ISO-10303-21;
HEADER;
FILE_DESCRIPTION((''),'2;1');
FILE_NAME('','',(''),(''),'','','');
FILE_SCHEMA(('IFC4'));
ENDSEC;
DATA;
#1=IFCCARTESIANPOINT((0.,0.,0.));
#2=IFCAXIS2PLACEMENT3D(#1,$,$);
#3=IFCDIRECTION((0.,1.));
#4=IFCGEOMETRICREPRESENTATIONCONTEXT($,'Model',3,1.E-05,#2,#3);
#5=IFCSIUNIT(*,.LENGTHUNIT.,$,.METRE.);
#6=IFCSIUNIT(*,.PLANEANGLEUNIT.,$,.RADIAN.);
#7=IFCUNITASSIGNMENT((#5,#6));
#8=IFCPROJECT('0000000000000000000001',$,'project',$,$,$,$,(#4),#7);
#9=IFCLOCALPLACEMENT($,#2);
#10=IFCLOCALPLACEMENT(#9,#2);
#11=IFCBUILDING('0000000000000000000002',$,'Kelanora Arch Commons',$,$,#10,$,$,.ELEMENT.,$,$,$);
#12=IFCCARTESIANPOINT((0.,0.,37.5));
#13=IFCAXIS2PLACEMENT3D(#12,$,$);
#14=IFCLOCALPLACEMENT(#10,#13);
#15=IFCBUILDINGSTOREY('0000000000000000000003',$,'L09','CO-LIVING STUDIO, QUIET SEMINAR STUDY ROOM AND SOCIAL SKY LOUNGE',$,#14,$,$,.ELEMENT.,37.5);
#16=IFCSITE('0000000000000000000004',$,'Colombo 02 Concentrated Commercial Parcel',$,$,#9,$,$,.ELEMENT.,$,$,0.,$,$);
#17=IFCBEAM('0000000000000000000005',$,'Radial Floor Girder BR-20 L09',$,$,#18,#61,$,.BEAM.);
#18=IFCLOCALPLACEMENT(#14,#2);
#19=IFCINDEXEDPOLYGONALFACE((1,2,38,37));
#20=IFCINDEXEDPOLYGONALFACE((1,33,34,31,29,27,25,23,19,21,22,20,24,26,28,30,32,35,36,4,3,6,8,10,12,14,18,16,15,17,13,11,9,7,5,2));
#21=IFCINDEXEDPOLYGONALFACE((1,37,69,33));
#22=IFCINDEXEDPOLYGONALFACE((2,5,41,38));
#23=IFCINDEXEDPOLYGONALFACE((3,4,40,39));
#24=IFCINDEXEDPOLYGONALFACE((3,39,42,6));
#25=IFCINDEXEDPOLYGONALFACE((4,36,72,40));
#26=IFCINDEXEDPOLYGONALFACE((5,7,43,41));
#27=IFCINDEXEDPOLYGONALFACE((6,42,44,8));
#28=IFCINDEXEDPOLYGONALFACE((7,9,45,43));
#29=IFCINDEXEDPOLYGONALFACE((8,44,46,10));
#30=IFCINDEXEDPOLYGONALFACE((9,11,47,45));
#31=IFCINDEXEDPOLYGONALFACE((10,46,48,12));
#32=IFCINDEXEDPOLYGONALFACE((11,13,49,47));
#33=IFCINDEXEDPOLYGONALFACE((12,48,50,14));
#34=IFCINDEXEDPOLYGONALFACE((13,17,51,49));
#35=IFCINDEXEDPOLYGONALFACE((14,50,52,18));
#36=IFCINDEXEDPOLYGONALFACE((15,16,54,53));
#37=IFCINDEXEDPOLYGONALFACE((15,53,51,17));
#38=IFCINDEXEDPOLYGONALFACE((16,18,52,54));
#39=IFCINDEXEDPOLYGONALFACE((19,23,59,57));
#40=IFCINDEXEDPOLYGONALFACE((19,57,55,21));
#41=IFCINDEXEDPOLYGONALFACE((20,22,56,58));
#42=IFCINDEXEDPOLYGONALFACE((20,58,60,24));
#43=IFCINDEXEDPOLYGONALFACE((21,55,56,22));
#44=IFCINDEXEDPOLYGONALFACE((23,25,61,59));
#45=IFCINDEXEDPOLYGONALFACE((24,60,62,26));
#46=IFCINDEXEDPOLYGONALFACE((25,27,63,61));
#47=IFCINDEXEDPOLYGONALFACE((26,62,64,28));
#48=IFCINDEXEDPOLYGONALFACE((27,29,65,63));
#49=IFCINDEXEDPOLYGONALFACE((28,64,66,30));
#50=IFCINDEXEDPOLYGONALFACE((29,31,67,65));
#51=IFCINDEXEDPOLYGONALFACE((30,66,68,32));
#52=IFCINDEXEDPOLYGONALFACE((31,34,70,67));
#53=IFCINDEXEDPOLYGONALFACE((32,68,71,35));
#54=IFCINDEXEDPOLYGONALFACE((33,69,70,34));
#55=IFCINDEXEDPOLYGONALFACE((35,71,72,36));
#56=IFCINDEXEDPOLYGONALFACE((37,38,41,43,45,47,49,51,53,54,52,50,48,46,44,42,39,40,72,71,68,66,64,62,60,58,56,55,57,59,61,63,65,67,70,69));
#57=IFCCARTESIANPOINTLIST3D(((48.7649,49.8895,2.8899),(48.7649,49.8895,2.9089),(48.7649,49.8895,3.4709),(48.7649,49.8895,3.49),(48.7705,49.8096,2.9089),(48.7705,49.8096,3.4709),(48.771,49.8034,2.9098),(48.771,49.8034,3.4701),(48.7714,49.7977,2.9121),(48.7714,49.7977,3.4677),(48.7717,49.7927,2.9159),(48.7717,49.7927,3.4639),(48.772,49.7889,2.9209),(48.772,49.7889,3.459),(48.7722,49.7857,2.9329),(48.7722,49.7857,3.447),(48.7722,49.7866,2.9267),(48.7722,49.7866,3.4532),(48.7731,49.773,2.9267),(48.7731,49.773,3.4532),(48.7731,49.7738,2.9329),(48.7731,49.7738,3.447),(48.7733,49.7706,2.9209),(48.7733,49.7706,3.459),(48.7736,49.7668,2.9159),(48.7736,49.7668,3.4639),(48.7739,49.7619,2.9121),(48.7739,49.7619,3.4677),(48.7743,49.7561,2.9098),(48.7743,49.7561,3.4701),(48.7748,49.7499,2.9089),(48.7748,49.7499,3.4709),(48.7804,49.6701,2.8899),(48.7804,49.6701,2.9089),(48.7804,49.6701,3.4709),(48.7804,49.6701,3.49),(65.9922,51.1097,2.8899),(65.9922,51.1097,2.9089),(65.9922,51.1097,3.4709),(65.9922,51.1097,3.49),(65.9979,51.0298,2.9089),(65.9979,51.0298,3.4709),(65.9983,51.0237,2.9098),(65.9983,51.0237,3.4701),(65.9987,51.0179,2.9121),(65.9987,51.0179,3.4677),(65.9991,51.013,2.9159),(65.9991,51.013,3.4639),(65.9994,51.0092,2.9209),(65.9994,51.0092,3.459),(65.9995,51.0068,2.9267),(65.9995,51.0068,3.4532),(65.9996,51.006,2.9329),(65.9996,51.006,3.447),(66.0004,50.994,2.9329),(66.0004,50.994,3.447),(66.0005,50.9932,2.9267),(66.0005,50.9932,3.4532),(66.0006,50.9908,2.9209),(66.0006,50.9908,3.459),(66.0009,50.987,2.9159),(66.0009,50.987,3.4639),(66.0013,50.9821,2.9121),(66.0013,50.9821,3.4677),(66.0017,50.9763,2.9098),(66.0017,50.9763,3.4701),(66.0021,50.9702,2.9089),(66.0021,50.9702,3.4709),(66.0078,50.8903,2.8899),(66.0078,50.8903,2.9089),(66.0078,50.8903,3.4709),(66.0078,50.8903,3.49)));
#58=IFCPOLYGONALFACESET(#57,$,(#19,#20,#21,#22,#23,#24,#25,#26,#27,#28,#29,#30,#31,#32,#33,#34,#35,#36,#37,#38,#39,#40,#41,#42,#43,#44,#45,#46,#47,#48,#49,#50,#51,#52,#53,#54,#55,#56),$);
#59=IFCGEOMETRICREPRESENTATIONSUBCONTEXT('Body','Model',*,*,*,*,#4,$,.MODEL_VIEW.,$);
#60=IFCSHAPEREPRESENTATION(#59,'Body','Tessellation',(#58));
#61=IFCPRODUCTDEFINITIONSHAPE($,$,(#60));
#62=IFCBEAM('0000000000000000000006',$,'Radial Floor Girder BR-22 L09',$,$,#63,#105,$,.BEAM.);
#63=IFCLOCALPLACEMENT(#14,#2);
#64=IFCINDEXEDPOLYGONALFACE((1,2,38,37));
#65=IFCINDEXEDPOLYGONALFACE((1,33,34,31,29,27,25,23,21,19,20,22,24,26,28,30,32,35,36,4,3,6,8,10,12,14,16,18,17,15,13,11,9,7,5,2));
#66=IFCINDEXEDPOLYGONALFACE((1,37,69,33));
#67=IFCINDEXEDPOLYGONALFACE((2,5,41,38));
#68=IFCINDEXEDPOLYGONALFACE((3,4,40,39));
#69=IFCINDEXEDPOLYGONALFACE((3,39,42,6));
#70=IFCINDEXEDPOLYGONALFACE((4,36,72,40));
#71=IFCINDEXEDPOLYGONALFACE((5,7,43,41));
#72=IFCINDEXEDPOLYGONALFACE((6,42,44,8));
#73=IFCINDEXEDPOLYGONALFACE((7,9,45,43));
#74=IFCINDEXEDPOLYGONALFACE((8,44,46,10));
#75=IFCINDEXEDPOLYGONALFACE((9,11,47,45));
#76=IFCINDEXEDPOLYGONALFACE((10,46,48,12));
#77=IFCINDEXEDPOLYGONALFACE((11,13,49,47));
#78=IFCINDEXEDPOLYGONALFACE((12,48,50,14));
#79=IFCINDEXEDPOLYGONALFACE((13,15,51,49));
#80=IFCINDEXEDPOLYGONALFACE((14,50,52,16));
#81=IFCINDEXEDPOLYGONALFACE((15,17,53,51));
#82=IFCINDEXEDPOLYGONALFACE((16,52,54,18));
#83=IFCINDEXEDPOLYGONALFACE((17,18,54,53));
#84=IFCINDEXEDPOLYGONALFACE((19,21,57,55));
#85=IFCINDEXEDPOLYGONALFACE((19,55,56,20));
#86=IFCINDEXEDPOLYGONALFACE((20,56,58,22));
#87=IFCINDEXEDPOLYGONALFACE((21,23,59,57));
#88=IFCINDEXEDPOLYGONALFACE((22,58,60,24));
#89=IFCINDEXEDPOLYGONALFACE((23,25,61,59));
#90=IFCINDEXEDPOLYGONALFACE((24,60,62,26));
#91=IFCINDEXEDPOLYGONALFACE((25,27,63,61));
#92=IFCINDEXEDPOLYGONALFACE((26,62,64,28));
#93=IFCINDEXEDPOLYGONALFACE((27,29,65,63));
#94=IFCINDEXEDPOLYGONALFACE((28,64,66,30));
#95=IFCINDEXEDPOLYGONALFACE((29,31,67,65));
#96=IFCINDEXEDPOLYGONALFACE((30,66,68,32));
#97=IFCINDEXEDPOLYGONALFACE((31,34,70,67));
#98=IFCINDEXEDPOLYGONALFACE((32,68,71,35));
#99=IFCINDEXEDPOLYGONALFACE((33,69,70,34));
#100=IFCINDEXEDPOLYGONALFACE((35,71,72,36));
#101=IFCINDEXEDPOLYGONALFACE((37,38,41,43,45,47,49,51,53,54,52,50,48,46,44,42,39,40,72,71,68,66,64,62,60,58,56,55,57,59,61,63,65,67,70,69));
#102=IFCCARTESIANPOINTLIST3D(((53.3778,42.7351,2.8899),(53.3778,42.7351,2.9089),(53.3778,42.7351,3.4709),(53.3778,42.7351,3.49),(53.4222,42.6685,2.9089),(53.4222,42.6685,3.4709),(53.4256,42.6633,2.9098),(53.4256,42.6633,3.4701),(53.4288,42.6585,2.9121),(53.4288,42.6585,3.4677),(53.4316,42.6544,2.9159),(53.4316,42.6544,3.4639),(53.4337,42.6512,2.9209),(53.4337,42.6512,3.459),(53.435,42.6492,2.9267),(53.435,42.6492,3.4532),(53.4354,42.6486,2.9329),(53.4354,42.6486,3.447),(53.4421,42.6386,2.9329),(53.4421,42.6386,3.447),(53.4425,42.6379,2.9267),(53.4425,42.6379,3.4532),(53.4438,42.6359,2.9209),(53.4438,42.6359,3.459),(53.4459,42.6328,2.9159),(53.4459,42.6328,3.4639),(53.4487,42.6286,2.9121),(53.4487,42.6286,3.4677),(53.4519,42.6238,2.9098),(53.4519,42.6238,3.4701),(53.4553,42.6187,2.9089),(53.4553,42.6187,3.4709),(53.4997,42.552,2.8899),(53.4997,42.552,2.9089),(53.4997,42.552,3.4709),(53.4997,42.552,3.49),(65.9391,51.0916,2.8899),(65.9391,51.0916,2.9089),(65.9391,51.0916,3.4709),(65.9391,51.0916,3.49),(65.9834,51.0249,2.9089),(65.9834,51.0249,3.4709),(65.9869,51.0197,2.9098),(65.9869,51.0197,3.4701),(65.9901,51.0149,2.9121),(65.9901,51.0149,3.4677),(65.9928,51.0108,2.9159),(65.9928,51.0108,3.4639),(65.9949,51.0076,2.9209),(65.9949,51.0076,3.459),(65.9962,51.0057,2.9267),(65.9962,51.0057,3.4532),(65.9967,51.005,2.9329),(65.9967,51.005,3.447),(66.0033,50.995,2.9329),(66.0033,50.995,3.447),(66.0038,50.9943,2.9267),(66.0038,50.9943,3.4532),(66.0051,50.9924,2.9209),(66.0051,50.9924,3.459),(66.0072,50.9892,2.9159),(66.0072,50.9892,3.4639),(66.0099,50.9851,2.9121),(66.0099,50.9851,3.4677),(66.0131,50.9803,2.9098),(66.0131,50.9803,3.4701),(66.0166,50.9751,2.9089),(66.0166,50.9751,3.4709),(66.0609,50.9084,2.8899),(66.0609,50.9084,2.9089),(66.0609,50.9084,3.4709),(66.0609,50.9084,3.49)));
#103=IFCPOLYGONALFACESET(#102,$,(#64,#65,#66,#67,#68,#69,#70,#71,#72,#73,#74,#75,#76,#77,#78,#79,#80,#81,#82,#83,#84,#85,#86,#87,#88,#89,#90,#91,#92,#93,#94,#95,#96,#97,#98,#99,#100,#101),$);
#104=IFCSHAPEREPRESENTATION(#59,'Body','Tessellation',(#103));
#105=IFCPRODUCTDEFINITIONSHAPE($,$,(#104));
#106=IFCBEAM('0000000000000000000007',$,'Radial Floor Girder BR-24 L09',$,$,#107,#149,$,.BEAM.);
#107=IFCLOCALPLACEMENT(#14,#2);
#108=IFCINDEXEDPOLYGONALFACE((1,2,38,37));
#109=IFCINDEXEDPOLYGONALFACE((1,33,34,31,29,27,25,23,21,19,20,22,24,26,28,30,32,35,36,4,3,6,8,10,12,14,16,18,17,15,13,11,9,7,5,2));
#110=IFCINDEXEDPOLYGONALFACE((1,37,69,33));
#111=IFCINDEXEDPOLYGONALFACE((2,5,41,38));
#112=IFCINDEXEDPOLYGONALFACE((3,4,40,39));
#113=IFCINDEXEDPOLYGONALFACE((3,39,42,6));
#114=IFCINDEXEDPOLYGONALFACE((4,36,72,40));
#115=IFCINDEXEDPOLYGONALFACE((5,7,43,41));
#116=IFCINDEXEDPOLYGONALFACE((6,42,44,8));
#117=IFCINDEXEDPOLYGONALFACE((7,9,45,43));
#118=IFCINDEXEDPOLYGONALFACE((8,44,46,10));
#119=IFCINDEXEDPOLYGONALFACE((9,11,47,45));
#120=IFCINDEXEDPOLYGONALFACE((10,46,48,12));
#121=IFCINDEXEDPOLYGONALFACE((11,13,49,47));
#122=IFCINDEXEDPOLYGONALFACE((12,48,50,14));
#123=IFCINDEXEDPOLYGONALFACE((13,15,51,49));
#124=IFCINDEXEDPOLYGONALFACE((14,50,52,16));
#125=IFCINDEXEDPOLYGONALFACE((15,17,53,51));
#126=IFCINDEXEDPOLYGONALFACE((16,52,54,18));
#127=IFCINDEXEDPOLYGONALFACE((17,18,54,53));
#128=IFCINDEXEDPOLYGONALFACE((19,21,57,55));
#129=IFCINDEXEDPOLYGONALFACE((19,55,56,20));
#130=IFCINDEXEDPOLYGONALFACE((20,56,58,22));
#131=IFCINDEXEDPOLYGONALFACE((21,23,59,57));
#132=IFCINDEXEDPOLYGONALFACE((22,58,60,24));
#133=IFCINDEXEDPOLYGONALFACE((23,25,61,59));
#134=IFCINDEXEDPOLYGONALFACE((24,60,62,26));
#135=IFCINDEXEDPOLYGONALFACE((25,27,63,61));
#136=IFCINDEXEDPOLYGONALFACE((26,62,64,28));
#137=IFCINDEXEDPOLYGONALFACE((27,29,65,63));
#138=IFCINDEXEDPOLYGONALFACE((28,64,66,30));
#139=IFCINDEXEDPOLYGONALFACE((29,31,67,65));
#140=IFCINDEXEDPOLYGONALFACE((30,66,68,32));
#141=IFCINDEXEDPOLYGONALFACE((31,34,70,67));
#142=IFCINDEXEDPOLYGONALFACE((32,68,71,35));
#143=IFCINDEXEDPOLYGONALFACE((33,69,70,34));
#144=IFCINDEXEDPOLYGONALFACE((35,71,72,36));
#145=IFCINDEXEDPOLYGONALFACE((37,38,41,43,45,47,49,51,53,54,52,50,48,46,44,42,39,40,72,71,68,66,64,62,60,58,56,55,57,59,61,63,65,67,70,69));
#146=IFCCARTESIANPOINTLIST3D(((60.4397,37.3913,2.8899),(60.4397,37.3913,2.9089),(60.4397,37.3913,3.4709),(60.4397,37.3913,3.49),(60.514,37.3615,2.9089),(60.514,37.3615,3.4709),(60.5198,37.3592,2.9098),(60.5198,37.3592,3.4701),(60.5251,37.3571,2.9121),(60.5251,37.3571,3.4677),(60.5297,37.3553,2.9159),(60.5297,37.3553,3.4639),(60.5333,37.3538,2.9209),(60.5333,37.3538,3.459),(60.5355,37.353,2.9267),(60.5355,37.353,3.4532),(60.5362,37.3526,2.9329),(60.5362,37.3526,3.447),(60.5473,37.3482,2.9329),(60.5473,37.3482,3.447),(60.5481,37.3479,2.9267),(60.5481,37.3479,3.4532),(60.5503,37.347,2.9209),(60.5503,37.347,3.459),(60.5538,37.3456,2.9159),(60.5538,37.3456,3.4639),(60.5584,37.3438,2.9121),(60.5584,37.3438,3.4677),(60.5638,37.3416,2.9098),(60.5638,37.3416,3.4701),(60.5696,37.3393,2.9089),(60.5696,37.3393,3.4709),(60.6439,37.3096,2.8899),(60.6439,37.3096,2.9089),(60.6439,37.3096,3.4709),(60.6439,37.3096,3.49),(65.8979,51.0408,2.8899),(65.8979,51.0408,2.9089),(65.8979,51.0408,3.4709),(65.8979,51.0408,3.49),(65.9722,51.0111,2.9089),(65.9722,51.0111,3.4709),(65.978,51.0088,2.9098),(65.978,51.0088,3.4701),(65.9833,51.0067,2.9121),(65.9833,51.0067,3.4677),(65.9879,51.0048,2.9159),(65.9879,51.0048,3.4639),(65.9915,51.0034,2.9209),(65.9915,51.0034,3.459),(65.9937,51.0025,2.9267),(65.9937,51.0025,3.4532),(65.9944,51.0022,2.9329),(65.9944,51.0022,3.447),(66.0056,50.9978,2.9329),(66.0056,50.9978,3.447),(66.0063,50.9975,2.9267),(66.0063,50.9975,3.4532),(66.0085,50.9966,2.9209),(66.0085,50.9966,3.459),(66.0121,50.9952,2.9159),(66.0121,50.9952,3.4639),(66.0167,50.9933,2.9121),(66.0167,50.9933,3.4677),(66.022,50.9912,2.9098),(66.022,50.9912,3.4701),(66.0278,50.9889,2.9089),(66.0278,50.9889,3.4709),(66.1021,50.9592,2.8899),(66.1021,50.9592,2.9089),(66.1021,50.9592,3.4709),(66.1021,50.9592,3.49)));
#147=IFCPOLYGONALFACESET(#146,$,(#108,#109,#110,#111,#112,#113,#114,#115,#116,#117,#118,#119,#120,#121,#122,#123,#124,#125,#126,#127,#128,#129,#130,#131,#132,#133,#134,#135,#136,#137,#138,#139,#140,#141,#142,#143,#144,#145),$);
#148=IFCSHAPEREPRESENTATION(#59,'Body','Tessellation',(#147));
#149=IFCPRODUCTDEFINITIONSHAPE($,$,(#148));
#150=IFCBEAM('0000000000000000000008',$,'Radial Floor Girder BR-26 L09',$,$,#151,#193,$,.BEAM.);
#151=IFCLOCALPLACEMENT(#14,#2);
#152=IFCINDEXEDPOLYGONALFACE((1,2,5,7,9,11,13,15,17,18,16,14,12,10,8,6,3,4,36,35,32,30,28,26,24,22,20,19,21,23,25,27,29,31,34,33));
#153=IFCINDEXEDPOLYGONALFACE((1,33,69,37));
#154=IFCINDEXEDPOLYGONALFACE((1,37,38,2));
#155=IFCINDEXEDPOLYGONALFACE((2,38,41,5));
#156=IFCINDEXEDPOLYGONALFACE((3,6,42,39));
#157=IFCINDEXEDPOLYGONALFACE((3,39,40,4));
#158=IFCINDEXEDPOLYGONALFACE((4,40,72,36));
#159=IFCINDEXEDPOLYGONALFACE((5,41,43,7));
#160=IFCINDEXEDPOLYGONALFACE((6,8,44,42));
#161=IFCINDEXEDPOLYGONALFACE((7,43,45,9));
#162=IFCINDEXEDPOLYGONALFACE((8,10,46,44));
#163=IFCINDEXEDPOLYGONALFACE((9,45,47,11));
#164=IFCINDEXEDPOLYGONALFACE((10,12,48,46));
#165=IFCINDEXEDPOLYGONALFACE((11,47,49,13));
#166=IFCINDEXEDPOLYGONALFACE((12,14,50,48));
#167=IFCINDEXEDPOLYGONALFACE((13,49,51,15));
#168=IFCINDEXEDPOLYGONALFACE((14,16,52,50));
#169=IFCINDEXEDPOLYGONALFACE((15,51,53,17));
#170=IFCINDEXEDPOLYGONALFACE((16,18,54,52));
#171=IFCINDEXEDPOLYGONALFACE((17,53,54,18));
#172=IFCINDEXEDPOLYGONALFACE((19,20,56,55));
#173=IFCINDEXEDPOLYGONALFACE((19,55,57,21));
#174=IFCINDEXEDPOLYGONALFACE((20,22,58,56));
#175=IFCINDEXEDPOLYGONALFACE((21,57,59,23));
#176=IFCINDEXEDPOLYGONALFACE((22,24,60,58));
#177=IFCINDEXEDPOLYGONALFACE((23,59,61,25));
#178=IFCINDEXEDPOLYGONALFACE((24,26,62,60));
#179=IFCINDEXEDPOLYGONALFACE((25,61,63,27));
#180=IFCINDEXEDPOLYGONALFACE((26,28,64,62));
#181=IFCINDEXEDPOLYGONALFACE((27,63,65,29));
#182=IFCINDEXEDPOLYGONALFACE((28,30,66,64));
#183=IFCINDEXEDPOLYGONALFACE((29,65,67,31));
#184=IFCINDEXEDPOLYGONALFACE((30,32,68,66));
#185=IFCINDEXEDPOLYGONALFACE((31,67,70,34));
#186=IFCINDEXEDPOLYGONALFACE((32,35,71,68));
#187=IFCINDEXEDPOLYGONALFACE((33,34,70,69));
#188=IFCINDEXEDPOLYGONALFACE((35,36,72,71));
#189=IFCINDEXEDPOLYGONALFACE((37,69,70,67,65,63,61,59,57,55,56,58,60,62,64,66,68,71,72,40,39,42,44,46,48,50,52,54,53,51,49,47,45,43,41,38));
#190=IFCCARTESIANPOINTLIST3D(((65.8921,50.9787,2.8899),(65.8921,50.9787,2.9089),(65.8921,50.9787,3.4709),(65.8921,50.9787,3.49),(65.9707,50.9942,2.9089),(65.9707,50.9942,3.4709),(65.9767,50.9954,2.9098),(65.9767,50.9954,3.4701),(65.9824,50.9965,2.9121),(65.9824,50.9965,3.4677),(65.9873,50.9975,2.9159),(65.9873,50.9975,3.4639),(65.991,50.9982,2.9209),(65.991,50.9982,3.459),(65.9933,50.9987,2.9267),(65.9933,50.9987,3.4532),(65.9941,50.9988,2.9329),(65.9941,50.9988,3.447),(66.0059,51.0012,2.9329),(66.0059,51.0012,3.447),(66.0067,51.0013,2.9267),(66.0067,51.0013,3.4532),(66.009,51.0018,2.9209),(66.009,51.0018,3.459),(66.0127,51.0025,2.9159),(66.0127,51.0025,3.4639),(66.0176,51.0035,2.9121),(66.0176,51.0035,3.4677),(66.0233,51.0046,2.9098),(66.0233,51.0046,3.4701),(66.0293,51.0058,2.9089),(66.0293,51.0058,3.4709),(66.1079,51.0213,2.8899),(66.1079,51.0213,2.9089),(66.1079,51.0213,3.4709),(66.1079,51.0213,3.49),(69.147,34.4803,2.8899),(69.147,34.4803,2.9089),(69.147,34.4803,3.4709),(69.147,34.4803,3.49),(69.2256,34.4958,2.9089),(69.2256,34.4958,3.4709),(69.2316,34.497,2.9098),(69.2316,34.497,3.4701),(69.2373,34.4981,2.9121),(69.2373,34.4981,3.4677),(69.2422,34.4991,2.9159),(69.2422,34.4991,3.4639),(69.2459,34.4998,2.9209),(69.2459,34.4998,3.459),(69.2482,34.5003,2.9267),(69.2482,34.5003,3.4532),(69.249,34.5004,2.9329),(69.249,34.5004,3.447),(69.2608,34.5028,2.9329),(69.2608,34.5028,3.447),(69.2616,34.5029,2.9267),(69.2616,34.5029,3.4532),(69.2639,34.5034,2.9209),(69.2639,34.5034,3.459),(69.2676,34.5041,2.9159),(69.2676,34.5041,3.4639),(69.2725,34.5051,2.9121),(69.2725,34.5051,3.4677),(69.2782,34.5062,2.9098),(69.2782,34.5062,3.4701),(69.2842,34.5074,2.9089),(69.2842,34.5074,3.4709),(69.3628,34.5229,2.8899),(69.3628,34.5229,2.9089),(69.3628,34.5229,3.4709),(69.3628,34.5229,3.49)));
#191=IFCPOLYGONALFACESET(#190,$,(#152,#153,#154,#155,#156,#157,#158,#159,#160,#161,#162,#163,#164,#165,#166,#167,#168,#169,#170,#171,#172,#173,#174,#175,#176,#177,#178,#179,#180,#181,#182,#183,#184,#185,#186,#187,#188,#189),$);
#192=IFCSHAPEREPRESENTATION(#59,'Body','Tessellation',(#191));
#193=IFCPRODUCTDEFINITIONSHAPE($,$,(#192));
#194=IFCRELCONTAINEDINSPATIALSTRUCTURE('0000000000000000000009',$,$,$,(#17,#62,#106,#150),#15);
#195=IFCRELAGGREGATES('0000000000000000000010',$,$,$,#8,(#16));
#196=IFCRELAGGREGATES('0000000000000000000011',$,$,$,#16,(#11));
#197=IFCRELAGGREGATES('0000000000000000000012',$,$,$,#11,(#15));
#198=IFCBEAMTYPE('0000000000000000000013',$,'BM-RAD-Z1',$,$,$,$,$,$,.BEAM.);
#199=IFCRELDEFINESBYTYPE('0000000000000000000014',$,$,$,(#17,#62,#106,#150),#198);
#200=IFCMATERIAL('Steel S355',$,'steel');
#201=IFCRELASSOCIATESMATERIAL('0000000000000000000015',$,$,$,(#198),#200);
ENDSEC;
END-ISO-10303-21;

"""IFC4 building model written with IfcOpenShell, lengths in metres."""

from ifc_helpers import new_model, si_unit, direction, frame, origin, origin_2d, place, context, subcontext, project, spatial, i_section, extrude, material, material_profile, profile_set, type_object, element, save


model = new_model("IFC4")

# Units and contexts
model_context = context("Model", 3, precision=1e-05, world=origin(), true_north=direction((0.0, 1.0)))
body_context = subcontext(model_context, "Body", "Model", "MODEL_VIEW")
ifc_project = project(units=[si_unit("LENGTHUNIT", "METRE"), si_unit("PLANEANGLEUNIT", "RADIAN")], contexts=[model_context])

# Site, building, storey
site_placement = place(None, origin())
site = spatial("IfcSite", under=ifc_project, at=site_placement, Name="Colombo 02 Concentrated Commercial Parcel", CompositionType="ELEMENT", RefElevation=0.0)
building_placement = place(site_placement, origin())
building = spatial("IfcBuilding", under=site, at=building_placement, Name="Kelanora Arch Commons", CompositionType="ELEMENT")
storey_placement = place(building_placement, frame((0.0, 0.0, 37.5)))
storey = spatial("IfcBuildingStorey", under=building, at=storey_placement, Name="L09", Description="CO-LIVING STUDIO, QUIET SEMINAR STUDY ROOM AND SOCIAL SKY LOUNGE", CompositionType="ELEMENT", Elevation=37.5)

# Beams
ifc_material_1 = material(Name="Steel S355", Category="steel")
ifc_material_profile_1 = material_profile(ifc_material_1, i_section(OverallWidth=0.22, OverallDepth=0.6001, WebThickness=0.012, FlangeThickness=0.019, FilletRadius=0.0239, at=origin_2d()), Name="IPE600")
ifc_profile_set_1 = profile_set([ifc_material_profile_1], Name="Steel S355")
beam_type_1 = type_object("IfcBeamType", Name="BM-RAD-Z1", PredefinedType="BEAM", material=ifc_profile_set_1)
beam_1_placement = place(storey_placement, frame((66.0, 51.0, 3.1899), z_axis=(-0.997501, -0.070653, 0.0), x_axis=(0.070653, -0.997501, 0.0)))
element("IfcBeam", 1, at=beam_1_placement, inside=storey, type_object=beam_type_1, Name="Radial Floor Girder BR-20 L09", PredefinedType="BEAM", context=body_context, shape_type="SweptSolid", body=[
    extrude(i_section(OverallWidth=0.22, OverallDepth=0.6001, WebThickness=0.012, FlangeThickness=0.019, FilletRadius=0.0239, at=origin_2d()), origin(), (0.0, 0.0, 1.0), 17.2705),
])
beam_2_placement = place(storey_placement, frame((66.0, 51.0, 3.1899), z_axis=(-0.832593, -0.553886, 0.0), x_axis=(0.553886, -0.832593, 0.0)))
element("IfcBeam", 2, at=beam_2_placement, inside=storey, type_object=beam_type_1, Name="Radial Floor Girder BR-22 L09", PredefinedType="BEAM", context=body_context, shape_type="SweptSolid", body=[
    extrude(i_section(OverallWidth=0.22, OverallDepth=0.6001, WebThickness=0.012, FlangeThickness=0.019, FilletRadius=0.0239, at=origin_2d()), origin(), (0.0, 0.0, 1.0), 15.0869),
])
beam_3_placement = place(storey_placement, frame((66.0, 51.0, 3.1899), z_axis=(-0.371296, -0.928514, 0.0), x_axis=(0.928514, -0.371296, 0.0)))
element("IfcBeam", 3, at=beam_3_placement, inside=storey, type_object=beam_type_1, Name="Radial Floor Girder BR-24 L09", PredefinedType="BEAM", context=body_context, shape_type="SweptSolid", body=[
    extrude(i_section(OverallWidth=0.22, OverallDepth=0.6001, WebThickness=0.012, FlangeThickness=0.019, FilletRadius=0.0239, at=origin_2d()), origin(), (0.0, 0.0, 1.0), 14.7004),
])
beam_4_placement = place(storey_placement, frame((66.0, 51.0, 3.1899), z_axis=(0.193555, -0.981089, 0.0), x_axis=(0.981089, 0.193555, 0.0)))
element("IfcBeam", 4, at=beam_4_placement, inside=storey, type_object=beam_type_1, Name="Radial Floor Girder BR-26 L09", PredefinedType="BEAM", context=body_context, shape_type="SweptSolid", body=[
    extrude(i_section(OverallWidth=0.22, OverallDepth=0.6001, WebThickness=0.012, FlangeThickness=0.019, FilletRadius=0.0239, at=origin_2d()), origin(), (0.0, 0.0, 1.0), 16.8164),
])

save(model, "model.ifc")
